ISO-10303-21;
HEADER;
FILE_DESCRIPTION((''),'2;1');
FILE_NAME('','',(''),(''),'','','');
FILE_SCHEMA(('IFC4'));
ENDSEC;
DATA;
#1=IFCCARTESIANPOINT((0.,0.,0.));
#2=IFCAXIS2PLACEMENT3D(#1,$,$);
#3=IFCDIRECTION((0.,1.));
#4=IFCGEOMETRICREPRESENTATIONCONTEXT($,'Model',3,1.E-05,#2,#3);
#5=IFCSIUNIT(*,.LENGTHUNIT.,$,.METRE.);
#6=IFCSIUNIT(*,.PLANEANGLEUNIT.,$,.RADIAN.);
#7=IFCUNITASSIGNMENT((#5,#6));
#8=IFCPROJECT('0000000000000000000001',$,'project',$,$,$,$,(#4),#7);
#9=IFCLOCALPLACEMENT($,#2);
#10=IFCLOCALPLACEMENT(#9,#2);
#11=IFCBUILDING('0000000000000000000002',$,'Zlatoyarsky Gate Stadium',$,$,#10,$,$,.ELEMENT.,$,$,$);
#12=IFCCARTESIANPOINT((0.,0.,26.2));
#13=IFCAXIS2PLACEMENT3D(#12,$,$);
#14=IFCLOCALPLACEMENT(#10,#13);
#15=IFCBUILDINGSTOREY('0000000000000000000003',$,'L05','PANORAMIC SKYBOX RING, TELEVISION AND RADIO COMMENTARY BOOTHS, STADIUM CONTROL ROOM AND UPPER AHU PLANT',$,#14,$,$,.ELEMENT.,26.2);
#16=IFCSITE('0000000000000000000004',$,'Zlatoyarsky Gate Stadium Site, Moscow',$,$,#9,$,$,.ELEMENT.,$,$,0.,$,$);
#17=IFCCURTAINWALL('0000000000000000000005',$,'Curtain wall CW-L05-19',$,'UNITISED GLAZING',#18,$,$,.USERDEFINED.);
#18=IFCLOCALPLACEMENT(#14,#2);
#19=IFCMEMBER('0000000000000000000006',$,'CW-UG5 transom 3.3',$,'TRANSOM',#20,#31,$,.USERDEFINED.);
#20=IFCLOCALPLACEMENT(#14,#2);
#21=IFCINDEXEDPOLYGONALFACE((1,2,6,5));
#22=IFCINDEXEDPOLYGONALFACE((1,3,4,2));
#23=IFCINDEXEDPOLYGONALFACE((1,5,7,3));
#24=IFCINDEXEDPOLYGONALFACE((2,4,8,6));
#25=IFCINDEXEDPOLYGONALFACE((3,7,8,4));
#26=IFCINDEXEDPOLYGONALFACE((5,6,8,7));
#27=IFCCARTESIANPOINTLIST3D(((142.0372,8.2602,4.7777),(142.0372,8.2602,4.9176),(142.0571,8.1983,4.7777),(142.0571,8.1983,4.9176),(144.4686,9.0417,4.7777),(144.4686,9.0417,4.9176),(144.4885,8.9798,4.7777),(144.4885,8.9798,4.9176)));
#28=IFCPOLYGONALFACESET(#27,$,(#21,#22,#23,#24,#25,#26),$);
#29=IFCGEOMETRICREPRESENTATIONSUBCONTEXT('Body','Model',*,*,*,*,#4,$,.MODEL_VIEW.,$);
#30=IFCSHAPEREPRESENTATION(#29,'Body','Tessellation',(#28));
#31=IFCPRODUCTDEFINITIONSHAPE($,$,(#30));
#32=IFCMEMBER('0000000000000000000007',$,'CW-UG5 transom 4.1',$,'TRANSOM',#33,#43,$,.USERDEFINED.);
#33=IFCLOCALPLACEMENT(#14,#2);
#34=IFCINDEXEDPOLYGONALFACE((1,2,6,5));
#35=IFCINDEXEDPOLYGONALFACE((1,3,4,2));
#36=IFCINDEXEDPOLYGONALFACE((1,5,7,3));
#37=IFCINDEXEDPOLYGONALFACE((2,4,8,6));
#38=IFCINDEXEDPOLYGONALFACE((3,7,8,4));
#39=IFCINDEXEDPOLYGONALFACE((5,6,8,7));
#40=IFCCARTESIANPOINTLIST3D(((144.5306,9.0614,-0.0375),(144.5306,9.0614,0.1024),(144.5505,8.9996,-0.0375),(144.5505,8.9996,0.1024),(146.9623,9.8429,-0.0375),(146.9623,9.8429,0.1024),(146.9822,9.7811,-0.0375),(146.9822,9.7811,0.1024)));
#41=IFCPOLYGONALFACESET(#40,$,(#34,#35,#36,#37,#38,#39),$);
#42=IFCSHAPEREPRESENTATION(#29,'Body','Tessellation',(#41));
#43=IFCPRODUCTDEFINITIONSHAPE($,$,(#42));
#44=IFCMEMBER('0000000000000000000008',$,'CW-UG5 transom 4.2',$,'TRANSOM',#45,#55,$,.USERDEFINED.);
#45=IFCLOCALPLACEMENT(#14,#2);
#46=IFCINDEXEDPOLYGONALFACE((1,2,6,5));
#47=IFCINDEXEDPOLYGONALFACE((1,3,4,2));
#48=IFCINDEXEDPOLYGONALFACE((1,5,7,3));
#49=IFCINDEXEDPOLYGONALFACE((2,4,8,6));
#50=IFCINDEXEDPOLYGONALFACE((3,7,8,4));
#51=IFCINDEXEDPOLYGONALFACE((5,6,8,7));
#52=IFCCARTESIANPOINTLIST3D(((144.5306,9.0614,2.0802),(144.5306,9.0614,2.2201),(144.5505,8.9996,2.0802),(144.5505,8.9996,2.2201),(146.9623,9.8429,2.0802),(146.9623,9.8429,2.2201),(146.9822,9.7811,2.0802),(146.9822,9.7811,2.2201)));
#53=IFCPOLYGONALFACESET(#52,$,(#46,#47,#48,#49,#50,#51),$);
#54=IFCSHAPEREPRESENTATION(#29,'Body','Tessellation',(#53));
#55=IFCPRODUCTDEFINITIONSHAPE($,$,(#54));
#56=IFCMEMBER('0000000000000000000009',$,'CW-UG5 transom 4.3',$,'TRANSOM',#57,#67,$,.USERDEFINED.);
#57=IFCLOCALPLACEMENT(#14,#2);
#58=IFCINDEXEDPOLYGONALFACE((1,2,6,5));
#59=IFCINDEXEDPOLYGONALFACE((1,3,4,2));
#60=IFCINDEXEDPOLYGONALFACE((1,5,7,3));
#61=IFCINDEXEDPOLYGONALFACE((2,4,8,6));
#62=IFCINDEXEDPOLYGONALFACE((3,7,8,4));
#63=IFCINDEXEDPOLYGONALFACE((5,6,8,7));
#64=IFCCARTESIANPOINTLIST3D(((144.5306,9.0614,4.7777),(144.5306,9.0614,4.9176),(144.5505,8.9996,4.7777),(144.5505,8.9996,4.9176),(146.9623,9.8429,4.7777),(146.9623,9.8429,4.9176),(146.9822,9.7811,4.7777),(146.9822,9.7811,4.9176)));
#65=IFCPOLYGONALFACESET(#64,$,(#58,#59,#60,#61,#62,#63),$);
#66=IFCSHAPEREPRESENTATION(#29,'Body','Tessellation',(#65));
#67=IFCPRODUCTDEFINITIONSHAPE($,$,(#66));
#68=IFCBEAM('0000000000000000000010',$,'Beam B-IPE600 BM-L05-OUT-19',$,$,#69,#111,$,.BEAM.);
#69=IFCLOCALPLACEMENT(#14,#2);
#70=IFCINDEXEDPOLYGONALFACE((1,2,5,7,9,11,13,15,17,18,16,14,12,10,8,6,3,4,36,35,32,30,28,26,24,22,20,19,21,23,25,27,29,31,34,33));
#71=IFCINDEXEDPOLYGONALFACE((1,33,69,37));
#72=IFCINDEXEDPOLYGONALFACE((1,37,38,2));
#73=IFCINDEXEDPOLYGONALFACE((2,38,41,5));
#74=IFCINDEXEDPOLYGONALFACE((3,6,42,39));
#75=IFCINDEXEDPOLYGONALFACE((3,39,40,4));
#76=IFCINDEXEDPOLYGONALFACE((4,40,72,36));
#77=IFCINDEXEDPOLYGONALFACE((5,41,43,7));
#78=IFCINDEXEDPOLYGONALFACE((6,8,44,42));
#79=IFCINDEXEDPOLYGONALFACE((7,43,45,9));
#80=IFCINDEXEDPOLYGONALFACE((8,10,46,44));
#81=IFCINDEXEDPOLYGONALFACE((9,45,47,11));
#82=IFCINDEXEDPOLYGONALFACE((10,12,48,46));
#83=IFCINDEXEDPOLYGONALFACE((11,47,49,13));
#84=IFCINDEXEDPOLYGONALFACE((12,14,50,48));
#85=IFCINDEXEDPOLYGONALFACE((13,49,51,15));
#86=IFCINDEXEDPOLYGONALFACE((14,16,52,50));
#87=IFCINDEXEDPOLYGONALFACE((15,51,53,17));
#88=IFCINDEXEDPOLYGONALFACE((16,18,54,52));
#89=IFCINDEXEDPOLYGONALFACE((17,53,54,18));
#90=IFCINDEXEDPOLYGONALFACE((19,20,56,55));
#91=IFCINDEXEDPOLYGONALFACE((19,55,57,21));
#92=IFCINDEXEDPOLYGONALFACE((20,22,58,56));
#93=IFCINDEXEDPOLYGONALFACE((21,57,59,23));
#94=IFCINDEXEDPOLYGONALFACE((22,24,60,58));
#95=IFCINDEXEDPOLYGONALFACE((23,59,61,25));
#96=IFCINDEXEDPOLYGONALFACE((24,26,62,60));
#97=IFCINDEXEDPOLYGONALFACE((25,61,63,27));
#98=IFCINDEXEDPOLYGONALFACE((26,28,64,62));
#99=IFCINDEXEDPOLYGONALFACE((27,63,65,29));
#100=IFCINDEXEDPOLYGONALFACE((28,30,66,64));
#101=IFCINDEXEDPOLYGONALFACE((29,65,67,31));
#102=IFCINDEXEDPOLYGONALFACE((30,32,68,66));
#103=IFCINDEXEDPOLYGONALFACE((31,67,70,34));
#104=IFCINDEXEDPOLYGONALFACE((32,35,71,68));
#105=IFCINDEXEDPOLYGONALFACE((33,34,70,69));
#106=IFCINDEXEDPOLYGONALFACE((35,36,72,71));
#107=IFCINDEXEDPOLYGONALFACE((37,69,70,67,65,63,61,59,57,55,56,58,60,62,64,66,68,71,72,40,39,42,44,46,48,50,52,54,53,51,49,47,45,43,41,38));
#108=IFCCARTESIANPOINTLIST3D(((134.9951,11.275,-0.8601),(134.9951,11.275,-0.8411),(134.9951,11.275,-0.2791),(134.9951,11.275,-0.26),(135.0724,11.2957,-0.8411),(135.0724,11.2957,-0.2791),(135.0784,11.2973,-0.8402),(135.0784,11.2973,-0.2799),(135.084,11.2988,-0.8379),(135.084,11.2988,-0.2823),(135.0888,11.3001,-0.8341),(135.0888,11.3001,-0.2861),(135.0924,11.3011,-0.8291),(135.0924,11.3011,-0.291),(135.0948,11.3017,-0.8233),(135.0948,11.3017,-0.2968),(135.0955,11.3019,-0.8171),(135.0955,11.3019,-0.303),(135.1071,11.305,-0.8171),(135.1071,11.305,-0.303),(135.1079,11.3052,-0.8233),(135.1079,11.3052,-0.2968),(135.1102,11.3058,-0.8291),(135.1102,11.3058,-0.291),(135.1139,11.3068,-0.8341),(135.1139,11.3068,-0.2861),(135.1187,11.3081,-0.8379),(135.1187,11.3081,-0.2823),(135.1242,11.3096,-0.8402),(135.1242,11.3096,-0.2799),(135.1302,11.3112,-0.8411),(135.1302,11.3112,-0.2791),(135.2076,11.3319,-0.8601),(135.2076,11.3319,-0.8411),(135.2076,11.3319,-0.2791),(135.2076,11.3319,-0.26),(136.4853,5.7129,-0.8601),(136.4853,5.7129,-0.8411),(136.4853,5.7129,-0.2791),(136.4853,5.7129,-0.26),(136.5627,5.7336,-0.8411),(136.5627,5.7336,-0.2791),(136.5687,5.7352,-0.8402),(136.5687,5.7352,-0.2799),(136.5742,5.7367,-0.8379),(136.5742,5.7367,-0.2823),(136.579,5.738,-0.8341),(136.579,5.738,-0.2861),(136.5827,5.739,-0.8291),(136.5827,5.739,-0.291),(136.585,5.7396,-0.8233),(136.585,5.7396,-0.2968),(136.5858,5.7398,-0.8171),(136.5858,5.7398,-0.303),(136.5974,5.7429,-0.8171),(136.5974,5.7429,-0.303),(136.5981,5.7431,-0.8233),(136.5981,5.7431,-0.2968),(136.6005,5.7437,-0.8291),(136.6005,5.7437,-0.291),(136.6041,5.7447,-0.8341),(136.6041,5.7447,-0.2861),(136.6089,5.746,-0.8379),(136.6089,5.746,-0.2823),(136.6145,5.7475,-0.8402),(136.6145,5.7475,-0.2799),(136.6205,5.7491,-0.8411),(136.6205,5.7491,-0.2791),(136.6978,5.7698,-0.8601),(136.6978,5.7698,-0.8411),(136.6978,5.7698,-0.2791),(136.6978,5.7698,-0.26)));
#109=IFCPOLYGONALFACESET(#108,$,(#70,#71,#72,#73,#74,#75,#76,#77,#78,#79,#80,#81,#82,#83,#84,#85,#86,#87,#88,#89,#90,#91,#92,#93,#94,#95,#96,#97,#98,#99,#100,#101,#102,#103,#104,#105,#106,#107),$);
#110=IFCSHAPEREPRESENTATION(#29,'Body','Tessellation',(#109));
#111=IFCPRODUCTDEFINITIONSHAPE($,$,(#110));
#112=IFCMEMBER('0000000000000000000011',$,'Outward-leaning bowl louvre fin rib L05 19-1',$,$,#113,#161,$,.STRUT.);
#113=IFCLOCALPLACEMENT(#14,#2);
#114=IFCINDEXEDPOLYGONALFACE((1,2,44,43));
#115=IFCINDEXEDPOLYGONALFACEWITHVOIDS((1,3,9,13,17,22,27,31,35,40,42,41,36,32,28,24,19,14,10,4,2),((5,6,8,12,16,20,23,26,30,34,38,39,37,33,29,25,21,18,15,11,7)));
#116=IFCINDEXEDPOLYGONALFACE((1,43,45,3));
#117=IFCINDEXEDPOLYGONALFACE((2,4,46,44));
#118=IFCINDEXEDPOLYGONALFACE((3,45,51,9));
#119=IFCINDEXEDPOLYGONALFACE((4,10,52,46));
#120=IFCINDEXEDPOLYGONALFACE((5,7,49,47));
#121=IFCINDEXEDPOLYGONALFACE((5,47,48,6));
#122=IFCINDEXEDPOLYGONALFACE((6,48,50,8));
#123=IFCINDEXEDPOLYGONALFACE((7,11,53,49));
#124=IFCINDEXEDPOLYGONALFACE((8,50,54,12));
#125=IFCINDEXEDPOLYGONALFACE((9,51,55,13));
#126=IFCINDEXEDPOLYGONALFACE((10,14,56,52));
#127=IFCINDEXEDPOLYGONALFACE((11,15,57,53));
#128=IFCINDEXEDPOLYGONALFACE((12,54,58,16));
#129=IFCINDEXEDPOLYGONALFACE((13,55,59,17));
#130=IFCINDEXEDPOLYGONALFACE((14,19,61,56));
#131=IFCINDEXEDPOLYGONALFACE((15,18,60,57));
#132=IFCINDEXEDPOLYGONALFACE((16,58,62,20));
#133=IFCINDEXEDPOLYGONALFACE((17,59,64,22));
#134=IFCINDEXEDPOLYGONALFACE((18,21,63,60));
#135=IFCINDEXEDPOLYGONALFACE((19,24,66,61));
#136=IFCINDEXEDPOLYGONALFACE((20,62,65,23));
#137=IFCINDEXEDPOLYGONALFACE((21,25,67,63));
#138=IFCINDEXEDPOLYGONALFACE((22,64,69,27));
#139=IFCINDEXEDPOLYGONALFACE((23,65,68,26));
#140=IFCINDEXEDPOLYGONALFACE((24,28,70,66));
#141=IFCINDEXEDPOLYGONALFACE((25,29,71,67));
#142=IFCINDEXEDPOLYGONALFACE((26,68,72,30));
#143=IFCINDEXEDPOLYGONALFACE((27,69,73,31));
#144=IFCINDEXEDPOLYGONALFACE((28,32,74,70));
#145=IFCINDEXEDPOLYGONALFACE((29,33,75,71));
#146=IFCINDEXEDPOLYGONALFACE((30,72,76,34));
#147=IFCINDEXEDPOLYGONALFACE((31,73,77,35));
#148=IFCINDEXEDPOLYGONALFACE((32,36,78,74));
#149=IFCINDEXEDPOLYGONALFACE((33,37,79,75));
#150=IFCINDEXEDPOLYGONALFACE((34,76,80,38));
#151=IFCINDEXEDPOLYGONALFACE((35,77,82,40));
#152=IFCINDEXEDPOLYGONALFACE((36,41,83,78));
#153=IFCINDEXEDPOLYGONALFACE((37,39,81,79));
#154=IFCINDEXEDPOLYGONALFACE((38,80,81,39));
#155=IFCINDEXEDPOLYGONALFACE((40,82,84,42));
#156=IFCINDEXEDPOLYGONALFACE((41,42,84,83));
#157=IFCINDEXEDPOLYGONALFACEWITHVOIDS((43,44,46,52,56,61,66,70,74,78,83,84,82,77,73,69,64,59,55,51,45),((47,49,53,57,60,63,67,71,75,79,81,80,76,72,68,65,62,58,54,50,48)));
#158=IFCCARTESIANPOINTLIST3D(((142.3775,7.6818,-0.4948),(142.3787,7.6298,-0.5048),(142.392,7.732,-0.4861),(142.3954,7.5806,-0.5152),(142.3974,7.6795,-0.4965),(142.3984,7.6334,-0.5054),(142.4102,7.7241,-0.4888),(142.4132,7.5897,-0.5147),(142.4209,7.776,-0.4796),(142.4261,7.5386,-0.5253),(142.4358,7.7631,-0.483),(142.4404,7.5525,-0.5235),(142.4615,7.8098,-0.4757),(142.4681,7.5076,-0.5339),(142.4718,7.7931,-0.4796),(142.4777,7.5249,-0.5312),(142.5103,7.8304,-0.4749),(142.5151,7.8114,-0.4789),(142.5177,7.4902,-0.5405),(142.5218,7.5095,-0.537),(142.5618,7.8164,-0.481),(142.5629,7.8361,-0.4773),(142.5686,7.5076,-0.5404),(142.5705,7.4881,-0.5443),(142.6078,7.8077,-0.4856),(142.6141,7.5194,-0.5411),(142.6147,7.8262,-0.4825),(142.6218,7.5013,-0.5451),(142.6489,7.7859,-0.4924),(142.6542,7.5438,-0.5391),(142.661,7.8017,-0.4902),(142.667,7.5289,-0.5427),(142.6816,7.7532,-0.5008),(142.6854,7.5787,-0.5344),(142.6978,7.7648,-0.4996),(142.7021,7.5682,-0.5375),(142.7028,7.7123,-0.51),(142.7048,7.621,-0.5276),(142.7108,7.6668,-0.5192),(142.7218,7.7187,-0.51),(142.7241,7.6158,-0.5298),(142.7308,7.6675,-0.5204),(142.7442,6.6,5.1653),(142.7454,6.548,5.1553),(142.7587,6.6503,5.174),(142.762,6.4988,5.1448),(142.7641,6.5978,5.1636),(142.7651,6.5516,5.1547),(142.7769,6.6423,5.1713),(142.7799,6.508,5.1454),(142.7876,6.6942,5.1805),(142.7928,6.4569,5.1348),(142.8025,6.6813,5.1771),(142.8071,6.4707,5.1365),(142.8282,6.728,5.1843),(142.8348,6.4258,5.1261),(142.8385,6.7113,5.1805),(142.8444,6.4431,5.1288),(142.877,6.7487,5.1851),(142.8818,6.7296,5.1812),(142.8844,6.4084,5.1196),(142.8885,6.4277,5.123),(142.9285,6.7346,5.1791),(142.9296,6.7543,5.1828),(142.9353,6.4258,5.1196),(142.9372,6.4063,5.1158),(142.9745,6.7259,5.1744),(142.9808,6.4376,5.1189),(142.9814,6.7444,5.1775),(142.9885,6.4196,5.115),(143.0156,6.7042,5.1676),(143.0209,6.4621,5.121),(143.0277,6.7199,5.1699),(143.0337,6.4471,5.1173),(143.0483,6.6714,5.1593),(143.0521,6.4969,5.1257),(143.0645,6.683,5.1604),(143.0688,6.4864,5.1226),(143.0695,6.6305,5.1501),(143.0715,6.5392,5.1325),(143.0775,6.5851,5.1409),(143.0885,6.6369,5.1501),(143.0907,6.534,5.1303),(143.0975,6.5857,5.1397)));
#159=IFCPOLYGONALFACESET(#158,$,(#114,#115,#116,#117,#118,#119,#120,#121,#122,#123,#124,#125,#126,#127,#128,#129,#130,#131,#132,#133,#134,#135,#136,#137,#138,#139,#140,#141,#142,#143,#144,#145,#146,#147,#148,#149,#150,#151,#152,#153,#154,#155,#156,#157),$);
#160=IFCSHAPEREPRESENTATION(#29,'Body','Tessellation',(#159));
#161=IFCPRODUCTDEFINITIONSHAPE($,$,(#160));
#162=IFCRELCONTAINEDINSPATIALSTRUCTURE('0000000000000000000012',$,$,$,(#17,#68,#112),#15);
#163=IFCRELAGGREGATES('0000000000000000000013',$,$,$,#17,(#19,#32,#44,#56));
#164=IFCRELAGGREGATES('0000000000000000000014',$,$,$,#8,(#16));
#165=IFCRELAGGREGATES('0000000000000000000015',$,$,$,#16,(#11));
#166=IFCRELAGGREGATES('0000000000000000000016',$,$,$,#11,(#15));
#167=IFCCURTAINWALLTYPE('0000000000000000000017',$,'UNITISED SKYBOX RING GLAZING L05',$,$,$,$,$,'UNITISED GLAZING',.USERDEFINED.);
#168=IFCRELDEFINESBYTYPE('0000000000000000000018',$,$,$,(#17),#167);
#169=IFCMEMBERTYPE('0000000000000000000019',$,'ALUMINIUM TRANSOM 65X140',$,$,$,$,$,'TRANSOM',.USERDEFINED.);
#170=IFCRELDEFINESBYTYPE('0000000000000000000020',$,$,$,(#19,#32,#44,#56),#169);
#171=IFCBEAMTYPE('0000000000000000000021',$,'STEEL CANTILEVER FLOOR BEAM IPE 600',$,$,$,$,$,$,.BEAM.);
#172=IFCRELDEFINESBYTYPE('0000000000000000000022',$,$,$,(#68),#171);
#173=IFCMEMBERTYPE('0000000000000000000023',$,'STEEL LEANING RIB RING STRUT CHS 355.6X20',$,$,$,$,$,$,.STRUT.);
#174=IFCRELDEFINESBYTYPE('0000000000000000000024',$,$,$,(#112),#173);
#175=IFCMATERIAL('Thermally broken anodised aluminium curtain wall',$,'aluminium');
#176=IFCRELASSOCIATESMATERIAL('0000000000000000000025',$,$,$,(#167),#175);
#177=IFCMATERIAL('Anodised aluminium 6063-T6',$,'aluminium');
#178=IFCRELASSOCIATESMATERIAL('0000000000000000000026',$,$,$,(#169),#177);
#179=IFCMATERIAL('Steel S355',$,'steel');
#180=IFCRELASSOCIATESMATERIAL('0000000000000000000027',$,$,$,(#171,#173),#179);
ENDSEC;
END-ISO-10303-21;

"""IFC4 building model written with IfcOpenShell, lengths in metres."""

from ifc_helpers import new_model, si_unit, direction, frame, origin, origin_2d, place, context, subcontext, project, spatial, rectangle, hollow_circle, i_section, extrude, material, material_profile, profile_set, type_object, element, aggregate, save


model = new_model("IFC4")

# Units and contexts
model_context = context("Model", 3, precision=1e-05, world=origin(), true_north=direction((0.0, 1.0)))
body_context = subcontext(model_context, "Body", "Model", "MODEL_VIEW")
ifc_project = project(units=[si_unit("LENGTHUNIT", "METRE"), si_unit("PLANEANGLEUNIT", "RADIAN")], contexts=[model_context])

# Site, building, storey
site_placement = place(None, origin())
site = spatial("IfcSite", under=ifc_project, at=site_placement, Name="Zlatoyarsky Gate Stadium Site, Moscow", CompositionType="ELEMENT", RefElevation=0.0)
building_placement = place(site_placement, origin())
building = spatial("IfcBuilding", under=site, at=building_placement, Name="Zlatoyarsky Gate Stadium", CompositionType="ELEMENT")
storey_placement = place(building_placement, frame((0.0, 0.0, 26.2)))
storey = spatial("IfcBuildingStorey", under=building, at=storey_placement, Name="L05", Description="PANORAMIC SKYBOX RING, TELEVISION AND RADIO COMMENTARY BOOTHS, STADIUM CONTROL ROOM AND UPPER AHU PLANT", CompositionType="ELEMENT", Elevation=26.2)

# Shared definitions
ifc_material_1 = material(Name="Steel S355", Category="steel")

# Curtain wall, members
ifc_material_2 = material(Name="Thermally broken anodised aluminium curtain wall", Category="aluminium")
curtain_wall_type = type_object("IfcCurtainWallType", Name="UNITISED SKYBOX RING GLAZING L05", ElementType="UNITISED GLAZING", PredefinedType="USERDEFINED", material=ifc_material_2)
curtain_wall_placement = place(storey_placement, origin())
curtain_wall = element("IfcCurtainWall", 1, at=curtain_wall_placement, inside=storey, type_object=curtain_wall_type, Name="Curtain wall CW-L05-19", ObjectType="UNITISED GLAZING", PredefinedType="USERDEFINED")
ifc_material_3 = material(Name="Anodised aluminium 6063-T6", Category="aluminium")
ifc_material_profile_1 = material_profile(ifc_material_3, rectangle(XDim=0.0649, YDim=0.1399, at=origin_2d()), Name="ALU 65X140")
ifc_profile_set_1 = profile_set([ifc_material_profile_1], Name="Anodised aluminium 6063-T6")
member_type_1 = type_object("IfcMemberType", Name="ALUMINIUM TRANSOM 65X140", ElementType="TRANSOM", PredefinedType="USERDEFINED", material=ifc_profile_set_1)
member_1_placement = place(storey_placement, frame((142.0471, 8.2292, 4.8477), z_axis=(0.952032, 0.306, 0.0), x_axis=(-0.306, 0.952032, 0.0)))
member_1 = element("IfcMember", 2, at=member_1_placement, type_object=member_type_1, Name="CW-UG5 transom 3.3", ObjectType="TRANSOM", PredefinedType="USERDEFINED", context=body_context, shape_type="SweptSolid", body=[
    extrude(rectangle(XDim=0.0649, YDim=0.1399, at=origin_2d()), origin(), (0.0, 0.0, 1.0), 2.554),
])
member_2_placement = place(storey_placement, frame((144.5405, 9.0305, 0.0325), z_axis=(0.95204, 0.305972, 0.0), x_axis=(-0.305972, 0.95204, 0.0)))
member_2 = element("IfcMember", 3, at=member_2_placement, type_object=member_type_1, Name="CW-UG5 transom 4.1", ObjectType="TRANSOM", PredefinedType="USERDEFINED", context=body_context, shape_type="SweptSolid", body=[
    extrude(rectangle(XDim=0.0649, YDim=0.1399, at=origin_2d()), origin(), (0.0, 0.0, 1.0), 2.5542),
])
member_3_placement = place(storey_placement, frame((144.5405, 9.0305, 2.1501), z_axis=(0.95204, 0.305972, 0.0), x_axis=(-0.305972, 0.95204, 0.0)))
member_3 = element("IfcMember", 4, at=member_3_placement, type_object=member_type_1, Name="CW-UG5 transom 4.2", ObjectType="TRANSOM", PredefinedType="USERDEFINED", context=body_context, shape_type="SweptSolid", body=[
    extrude(rectangle(XDim=0.0649, YDim=0.1399, at=origin_2d()), origin(), (0.0, 0.0, 1.0), 2.5542),
])
member_4_placement = place(storey_placement, frame((144.5405, 9.0305, 4.8477), z_axis=(0.95204, 0.305972, 0.0), x_axis=(-0.305972, 0.95204, 0.0)))
member_4 = element("IfcMember", 5, at=member_4_placement, type_object=member_type_1, Name="CW-UG5 transom 4.3", ObjectType="TRANSOM", PredefinedType="USERDEFINED", context=body_context, shape_type="SweptSolid", body=[
    extrude(rectangle(XDim=0.0649, YDim=0.1399, at=origin_2d()), origin(), (0.0, 0.0, 1.0), 2.5542),
])

# Beam
ifc_material_profile_2 = material_profile(ifc_material_1, i_section(OverallWidth=0.22, OverallDepth=0.6001, WebThickness=0.012, FlangeThickness=0.019, FilletRadius=0.0239, at=origin_2d()), Name="IPE 600")
ifc_profile_set_2 = profile_set([ifc_material_profile_2], Name="Steel S355")
beam_type_1 = type_object("IfcBeamType", Name="STEEL CANTILEVER FLOOR BEAM IPE 600", PredefinedType="BEAM", material=ifc_profile_set_2)
beam_1_placement = place(storey_placement, frame((135.1013, 11.3035, -0.5601), z_axis=(0.258802, -0.96593, 0.0), x_axis=(0.96593, 0.258802, 0.0)))
element("IfcBeam", 6, at=beam_1_placement, inside=storey, type_object=beam_type_1, Name="Beam B-IPE600 BM-L05-OUT-19", PredefinedType="BEAM", context=body_context, shape_type="SweptSolid", body=[
    extrude(i_section(OverallWidth=0.22, OverallDepth=0.6001, WebThickness=0.012, FlangeThickness=0.019, FilletRadius=0.0239, at=origin_2d()), origin(), (0.0, 0.0, 1.0), 5.7583),
])

# Member
ifc_material_profile_3 = material_profile(ifc_material_1, hollow_circle(Radius=0.1777, WallThickness=0.02, at=origin_2d()), Name="CHS 355.6X20")
ifc_profile_set_3 = profile_set([ifc_material_profile_3], Name="Steel S355")
member_type_2 = type_object("IfcMemberType", Name="STEEL LEANING RIB RING STRUT CHS 355.6X20", PredefinedType="STRUT", material=ifc_profile_set_3)
member_5_placement = place(storey_placement, frame((142.5535, 7.6616, -0.51), z_axis=(0.063506, -0.187346, 0.980239), x_axis=(0.947068, 0.321033, 0.0)))
element("IfcMember", 7, at=member_5_placement, inside=storey, type_object=member_type_2, Name="Outward-leaning bowl louvre fin rib L05 19-1", PredefinedType="STRUT", context=body_context, shape_type="SweptSolid", body=[
    extrude(hollow_circle(Radius=0.1777, WallThickness=0.02, at=origin_2d()), origin(), (0.0, 0.0, 1.0), 5.7742),
])

aggregate(curtain_wall, [member_1, member_2, member_3, member_4])

save(model, "model.ifc")
